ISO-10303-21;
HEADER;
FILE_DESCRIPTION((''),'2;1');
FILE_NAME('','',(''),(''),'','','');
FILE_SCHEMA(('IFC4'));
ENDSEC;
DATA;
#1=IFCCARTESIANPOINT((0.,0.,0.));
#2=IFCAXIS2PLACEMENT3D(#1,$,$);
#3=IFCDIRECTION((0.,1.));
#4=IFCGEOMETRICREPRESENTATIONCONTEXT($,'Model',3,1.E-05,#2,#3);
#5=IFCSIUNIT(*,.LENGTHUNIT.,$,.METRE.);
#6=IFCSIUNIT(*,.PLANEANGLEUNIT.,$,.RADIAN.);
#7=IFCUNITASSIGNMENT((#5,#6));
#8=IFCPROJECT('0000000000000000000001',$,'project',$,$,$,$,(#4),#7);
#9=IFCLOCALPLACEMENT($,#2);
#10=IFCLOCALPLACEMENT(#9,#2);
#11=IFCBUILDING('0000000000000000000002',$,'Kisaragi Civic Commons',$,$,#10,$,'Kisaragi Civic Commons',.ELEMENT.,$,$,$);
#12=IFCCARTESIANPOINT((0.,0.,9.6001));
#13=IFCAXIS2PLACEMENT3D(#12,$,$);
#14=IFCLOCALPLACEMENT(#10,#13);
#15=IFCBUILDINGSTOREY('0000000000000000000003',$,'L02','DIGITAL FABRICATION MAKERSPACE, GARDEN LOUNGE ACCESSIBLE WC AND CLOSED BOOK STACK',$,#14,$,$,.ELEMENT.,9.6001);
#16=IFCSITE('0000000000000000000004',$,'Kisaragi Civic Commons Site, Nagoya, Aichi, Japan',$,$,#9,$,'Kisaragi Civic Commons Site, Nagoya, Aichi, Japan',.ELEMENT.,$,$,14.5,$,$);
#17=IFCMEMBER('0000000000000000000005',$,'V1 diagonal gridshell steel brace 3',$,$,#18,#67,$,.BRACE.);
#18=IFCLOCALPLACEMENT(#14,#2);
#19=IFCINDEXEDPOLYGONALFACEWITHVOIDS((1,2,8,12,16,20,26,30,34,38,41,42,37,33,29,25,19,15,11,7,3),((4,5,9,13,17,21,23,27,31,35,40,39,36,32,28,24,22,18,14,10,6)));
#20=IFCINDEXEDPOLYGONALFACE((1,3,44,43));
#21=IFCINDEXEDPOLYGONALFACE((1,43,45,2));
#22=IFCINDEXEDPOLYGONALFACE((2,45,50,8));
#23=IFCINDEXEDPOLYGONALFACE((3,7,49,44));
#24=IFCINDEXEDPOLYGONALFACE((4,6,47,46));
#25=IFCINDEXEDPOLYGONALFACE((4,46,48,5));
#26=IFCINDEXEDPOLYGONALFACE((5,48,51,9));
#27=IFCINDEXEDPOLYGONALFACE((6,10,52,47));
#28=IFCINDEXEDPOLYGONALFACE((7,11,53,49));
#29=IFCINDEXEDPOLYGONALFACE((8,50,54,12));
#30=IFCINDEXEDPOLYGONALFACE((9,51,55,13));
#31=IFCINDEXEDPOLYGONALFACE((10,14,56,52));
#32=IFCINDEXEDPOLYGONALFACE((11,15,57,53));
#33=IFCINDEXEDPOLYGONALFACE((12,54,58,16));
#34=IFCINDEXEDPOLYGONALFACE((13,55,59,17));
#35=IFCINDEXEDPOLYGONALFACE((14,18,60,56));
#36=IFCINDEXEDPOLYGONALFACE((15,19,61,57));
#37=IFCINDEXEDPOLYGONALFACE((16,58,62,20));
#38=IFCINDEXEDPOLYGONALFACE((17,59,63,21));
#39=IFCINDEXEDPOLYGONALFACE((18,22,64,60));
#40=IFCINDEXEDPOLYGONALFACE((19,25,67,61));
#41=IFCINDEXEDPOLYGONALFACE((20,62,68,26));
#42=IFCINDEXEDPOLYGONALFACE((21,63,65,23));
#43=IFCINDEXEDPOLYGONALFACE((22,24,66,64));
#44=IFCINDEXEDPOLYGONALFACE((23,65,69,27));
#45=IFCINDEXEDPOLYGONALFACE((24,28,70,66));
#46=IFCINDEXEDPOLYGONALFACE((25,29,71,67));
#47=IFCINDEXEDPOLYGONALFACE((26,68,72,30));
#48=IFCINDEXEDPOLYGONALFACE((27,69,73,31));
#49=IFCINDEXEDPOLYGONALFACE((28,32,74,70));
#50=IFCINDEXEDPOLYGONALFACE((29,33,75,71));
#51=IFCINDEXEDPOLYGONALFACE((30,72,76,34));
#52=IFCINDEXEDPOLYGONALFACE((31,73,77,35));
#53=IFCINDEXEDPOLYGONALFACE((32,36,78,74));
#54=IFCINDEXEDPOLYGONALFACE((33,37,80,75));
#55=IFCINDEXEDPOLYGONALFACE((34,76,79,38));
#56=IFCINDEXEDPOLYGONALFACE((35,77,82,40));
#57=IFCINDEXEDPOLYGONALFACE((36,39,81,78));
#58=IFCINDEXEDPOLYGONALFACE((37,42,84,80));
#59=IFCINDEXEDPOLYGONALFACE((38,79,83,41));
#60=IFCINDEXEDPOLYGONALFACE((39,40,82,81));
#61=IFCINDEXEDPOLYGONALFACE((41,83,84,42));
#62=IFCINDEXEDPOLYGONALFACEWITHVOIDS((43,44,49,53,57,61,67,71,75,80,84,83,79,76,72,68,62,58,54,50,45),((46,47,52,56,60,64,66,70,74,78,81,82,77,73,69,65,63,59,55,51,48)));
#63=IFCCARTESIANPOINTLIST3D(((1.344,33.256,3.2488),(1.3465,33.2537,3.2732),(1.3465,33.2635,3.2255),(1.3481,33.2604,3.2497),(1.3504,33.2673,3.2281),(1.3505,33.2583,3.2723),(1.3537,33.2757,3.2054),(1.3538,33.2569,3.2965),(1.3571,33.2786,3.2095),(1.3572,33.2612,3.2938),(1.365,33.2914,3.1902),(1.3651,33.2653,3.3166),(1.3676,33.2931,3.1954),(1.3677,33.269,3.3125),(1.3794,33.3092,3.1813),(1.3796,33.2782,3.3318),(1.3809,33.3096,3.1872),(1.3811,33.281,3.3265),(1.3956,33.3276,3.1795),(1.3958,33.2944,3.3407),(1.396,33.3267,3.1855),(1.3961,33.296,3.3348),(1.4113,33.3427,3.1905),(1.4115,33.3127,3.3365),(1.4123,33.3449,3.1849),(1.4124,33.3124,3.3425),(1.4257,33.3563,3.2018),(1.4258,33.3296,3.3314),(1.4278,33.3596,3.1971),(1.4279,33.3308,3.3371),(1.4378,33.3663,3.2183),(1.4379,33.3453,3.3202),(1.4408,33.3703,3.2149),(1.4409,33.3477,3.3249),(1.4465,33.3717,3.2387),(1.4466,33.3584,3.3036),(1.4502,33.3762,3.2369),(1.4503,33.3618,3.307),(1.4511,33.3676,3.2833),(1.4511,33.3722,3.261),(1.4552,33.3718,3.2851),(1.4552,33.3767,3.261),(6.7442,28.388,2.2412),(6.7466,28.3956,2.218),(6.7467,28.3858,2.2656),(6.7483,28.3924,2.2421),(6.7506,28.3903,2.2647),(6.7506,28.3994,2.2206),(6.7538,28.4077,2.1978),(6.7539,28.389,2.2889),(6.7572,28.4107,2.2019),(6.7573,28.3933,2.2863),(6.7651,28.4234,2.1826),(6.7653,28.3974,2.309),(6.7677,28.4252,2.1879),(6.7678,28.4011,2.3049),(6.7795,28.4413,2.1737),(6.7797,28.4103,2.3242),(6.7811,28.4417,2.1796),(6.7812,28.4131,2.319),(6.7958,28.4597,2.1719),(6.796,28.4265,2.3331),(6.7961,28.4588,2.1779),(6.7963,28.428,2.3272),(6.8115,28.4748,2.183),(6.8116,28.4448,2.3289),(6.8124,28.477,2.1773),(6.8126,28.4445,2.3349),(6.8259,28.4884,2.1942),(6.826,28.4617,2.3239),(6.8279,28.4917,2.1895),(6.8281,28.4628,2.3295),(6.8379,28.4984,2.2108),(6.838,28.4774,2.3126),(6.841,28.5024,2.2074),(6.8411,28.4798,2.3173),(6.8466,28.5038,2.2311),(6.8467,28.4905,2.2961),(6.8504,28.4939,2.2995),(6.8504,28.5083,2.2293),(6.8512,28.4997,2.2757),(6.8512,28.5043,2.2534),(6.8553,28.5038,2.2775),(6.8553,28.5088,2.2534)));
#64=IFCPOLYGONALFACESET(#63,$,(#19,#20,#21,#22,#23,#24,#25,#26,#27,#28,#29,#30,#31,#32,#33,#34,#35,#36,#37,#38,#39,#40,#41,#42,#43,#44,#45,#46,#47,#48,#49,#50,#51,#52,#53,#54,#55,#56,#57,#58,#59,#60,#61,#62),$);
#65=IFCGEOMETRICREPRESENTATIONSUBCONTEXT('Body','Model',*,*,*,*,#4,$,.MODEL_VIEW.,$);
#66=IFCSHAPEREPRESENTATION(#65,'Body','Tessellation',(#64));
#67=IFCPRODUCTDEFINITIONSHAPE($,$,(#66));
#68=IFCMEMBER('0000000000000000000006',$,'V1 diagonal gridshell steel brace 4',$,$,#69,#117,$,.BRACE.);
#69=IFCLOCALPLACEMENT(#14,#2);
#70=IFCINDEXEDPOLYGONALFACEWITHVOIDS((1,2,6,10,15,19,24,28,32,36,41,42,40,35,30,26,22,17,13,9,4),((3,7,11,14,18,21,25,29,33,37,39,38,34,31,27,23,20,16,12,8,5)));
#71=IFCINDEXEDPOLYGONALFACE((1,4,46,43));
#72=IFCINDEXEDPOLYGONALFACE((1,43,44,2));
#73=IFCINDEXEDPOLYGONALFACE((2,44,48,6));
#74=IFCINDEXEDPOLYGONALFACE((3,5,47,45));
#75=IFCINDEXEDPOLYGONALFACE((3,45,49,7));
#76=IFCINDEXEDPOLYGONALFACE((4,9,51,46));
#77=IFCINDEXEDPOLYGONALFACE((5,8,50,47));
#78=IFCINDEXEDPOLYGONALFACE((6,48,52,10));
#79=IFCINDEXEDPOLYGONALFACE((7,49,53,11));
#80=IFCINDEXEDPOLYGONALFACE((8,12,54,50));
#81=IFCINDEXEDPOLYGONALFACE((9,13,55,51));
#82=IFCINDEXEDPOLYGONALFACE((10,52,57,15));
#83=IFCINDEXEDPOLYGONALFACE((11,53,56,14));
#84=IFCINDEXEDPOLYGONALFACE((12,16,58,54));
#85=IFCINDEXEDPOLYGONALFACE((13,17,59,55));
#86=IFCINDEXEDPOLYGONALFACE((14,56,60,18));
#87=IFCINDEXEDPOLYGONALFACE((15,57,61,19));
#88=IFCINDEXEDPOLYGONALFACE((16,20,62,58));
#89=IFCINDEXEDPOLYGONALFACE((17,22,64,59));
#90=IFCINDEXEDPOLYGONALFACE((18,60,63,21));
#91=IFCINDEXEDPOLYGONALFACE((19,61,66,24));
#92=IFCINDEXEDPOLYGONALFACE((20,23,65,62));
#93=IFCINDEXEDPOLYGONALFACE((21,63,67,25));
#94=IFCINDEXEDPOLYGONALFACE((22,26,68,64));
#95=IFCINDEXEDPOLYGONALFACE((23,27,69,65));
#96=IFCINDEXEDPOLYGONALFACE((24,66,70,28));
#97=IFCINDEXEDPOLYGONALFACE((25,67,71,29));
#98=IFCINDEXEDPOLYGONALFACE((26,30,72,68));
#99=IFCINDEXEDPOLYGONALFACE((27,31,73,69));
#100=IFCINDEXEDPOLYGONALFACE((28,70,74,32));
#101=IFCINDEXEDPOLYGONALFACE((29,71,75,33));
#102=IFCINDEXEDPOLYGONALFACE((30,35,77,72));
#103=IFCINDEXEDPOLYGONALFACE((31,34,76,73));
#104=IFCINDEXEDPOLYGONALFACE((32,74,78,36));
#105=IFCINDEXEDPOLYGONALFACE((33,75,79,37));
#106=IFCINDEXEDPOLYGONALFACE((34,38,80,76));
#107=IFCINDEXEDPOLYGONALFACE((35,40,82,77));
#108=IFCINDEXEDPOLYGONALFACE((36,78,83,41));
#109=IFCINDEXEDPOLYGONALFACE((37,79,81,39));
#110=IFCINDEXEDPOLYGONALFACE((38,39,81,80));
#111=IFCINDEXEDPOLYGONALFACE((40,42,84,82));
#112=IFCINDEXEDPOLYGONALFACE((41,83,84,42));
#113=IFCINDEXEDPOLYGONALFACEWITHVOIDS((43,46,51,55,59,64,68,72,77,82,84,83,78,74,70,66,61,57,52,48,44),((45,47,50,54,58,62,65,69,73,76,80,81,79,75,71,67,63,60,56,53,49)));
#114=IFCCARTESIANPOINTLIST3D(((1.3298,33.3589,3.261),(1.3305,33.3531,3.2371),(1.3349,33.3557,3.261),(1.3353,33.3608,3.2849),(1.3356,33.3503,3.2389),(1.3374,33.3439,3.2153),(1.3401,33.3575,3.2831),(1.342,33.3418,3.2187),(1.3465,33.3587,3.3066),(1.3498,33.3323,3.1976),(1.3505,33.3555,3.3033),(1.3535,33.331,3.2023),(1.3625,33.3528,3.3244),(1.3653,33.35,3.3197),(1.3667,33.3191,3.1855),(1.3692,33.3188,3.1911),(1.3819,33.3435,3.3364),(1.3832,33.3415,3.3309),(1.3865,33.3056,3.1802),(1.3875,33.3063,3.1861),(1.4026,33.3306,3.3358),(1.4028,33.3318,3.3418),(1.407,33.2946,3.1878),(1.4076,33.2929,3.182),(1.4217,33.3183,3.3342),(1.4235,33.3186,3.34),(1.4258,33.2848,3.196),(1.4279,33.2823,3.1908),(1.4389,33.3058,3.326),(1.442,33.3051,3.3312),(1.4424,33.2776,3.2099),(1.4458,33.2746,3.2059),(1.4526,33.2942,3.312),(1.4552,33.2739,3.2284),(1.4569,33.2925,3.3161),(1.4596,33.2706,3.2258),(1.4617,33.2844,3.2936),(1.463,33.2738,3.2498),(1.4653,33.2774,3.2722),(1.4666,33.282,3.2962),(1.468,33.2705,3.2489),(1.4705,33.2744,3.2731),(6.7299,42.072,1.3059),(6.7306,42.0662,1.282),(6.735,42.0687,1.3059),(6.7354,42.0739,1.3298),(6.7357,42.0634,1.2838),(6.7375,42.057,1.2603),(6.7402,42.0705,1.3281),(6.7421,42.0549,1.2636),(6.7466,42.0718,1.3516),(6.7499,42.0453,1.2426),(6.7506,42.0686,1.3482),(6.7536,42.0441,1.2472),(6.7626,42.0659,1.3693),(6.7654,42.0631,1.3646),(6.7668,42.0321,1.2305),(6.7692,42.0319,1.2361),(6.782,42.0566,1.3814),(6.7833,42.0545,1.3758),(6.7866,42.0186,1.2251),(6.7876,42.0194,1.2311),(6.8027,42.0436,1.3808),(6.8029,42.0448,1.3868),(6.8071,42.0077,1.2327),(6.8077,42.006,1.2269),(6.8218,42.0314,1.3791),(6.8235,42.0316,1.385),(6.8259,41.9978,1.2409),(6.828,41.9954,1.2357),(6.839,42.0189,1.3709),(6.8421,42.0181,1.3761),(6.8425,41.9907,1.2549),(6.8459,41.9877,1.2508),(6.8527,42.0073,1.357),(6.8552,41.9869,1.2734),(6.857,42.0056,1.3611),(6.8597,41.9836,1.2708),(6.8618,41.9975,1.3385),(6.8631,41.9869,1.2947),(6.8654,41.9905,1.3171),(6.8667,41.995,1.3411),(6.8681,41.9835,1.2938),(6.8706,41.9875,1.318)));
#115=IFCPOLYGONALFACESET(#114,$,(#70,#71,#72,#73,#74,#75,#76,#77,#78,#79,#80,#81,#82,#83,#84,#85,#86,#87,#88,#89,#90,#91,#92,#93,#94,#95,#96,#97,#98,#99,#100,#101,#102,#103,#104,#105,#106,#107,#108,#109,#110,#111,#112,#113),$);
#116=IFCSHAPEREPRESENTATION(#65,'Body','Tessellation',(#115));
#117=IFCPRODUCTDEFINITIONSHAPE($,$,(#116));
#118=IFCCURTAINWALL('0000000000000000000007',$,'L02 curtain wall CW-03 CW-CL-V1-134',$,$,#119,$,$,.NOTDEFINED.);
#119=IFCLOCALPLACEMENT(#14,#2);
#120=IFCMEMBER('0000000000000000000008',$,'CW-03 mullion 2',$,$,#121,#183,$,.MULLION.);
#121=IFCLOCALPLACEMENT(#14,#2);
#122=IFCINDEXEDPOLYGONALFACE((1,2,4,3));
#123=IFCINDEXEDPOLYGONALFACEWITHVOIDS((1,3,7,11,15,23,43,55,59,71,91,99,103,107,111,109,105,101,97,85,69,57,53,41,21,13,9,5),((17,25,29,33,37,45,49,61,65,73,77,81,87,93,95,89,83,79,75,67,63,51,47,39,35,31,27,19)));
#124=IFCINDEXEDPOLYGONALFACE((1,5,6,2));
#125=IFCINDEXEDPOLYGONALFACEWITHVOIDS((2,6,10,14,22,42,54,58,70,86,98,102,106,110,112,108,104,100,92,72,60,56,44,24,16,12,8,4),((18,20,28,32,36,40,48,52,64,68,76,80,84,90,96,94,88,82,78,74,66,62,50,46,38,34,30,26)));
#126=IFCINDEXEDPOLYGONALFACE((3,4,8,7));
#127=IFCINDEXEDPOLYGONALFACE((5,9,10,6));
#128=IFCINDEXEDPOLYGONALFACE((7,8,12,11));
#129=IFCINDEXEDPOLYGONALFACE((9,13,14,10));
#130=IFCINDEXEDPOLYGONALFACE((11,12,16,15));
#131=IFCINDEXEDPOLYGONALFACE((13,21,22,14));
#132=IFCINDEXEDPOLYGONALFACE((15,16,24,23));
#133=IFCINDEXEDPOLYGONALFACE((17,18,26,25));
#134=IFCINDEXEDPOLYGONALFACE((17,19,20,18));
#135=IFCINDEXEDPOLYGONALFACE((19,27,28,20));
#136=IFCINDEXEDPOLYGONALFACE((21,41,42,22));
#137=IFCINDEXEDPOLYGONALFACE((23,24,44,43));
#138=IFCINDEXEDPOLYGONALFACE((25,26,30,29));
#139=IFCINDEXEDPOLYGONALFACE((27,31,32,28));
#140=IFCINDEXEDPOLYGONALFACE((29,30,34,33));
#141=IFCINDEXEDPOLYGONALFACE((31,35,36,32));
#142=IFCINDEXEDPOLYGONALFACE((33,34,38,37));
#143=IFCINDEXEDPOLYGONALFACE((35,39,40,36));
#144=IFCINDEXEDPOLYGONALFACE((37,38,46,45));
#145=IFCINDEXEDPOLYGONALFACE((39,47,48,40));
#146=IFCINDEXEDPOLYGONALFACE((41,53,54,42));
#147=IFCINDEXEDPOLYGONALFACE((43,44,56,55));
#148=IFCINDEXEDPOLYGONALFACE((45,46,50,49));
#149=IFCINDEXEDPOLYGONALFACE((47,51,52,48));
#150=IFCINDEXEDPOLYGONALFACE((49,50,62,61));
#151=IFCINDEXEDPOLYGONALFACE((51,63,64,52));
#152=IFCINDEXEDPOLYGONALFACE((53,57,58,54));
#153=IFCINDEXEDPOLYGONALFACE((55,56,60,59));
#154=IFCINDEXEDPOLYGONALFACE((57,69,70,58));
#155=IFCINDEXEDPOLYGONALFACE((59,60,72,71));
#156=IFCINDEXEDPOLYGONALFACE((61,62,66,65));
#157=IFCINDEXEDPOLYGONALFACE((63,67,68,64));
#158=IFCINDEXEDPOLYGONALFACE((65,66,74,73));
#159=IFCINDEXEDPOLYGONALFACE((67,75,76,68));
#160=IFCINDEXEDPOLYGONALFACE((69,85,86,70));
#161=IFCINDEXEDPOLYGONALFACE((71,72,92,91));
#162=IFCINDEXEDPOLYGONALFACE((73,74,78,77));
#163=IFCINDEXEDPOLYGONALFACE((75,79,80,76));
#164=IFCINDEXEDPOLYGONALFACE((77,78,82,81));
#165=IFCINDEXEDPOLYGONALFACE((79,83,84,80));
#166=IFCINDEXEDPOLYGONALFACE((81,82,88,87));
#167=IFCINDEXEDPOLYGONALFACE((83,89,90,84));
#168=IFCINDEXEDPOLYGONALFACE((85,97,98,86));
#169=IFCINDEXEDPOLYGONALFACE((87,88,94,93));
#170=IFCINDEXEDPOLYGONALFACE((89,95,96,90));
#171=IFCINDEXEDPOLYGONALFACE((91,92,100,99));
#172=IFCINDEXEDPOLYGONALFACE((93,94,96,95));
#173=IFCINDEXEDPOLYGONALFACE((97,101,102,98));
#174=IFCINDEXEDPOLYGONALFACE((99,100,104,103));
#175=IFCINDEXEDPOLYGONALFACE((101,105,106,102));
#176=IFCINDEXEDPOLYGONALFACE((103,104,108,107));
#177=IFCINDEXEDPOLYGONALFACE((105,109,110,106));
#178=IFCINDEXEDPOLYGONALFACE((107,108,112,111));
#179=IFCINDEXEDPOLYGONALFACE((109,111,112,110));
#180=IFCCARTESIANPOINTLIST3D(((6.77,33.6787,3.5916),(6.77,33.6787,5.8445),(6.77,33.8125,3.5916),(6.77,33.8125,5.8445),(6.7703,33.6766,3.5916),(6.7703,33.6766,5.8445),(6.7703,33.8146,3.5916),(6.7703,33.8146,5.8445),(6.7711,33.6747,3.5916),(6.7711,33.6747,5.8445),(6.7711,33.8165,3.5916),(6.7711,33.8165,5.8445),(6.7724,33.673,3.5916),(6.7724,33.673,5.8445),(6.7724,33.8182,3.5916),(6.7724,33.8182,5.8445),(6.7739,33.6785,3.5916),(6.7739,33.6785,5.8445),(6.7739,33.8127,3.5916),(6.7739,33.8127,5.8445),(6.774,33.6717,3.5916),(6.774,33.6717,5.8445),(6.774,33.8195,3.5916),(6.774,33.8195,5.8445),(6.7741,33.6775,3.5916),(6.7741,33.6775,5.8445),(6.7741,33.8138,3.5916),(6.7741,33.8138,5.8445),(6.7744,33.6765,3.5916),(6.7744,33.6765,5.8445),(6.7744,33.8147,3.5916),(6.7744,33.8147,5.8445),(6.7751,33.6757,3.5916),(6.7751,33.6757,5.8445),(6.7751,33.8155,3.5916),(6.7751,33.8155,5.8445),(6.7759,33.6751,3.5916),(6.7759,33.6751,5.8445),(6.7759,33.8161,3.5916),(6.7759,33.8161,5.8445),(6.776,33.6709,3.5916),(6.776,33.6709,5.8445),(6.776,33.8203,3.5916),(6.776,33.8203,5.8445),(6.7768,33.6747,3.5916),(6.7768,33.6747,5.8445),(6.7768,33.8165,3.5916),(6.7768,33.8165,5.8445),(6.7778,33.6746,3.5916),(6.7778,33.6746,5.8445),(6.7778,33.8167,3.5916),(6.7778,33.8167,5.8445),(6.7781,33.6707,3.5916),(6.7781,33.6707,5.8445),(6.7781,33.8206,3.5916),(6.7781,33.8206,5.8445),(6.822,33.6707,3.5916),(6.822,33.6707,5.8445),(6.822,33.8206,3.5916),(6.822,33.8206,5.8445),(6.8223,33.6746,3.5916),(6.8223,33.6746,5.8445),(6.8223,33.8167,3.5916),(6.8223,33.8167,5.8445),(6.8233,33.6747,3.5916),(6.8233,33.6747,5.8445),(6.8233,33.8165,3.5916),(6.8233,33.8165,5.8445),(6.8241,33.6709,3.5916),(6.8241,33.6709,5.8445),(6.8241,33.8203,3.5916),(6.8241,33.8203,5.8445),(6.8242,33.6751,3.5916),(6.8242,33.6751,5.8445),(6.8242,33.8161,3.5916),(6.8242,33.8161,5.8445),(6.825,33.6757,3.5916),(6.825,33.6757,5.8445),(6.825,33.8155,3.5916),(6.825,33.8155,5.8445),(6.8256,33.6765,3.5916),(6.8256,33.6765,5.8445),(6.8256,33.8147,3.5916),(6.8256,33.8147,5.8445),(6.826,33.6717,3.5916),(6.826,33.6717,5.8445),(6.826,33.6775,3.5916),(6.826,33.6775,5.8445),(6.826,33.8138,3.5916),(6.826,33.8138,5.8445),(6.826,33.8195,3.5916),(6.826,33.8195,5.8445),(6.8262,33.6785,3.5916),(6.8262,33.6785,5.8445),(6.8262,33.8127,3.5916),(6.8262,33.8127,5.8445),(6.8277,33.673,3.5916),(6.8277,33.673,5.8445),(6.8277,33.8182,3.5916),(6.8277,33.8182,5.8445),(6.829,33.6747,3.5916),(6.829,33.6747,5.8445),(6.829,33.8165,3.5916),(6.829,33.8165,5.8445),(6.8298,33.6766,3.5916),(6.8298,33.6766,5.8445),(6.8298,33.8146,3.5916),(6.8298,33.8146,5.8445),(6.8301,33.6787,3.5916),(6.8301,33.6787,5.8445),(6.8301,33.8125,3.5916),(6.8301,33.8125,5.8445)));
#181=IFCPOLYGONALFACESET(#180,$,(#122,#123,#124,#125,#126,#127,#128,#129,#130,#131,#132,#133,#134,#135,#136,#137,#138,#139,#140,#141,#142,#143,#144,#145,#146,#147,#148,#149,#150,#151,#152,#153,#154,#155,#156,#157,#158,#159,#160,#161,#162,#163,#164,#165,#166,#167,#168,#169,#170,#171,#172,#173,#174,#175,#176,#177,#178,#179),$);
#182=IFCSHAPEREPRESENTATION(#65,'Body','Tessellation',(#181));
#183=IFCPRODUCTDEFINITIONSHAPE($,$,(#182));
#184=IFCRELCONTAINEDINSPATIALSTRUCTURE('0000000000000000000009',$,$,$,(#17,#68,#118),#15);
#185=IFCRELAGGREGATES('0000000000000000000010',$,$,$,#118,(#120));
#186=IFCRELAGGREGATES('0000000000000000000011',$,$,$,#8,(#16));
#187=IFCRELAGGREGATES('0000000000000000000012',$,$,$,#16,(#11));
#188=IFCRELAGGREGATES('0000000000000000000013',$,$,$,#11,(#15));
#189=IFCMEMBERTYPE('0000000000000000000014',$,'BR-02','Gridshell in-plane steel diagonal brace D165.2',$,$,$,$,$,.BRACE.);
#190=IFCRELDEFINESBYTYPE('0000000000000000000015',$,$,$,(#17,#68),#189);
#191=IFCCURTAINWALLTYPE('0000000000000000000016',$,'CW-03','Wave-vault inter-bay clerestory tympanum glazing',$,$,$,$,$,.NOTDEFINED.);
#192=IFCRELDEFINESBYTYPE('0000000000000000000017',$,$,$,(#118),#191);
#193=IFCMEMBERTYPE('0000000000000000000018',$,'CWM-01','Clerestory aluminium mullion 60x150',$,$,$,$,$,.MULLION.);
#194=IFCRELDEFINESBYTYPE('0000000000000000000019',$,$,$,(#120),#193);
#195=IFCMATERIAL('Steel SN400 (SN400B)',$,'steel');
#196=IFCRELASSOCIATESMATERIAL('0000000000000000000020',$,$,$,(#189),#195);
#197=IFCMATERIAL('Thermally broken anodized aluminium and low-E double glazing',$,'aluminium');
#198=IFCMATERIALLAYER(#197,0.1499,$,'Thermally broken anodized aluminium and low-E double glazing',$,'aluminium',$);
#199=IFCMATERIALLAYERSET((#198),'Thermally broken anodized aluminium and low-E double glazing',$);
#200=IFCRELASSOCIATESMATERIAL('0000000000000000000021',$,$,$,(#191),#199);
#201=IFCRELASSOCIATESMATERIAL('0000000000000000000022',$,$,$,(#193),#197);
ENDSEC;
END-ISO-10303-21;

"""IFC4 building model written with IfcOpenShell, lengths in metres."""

from ifc_helpers import new_model, si_unit, direction, frame, origin, origin_2d, place, context, subcontext, project, spatial, hollow_rectangle, hollow_circle, extrude, material, layer, layer_set, material_profile, profile_set, type_object, element, aggregate, save


model = new_model("IFC4")

# Units and contexts
model_context = context("Model", 3, precision=1e-05, world=origin(), true_north=direction((0.0, 1.0)))
body_context = subcontext(model_context, "Body", "Model", "MODEL_VIEW")
ifc_project = project(units=[si_unit("LENGTHUNIT", "METRE"), si_unit("PLANEANGLEUNIT", "RADIAN")], contexts=[model_context])

# Site, building, storey
site_placement = place(None, origin())
site = spatial("IfcSite", under=ifc_project, at=site_placement, Name="Kisaragi Civic Commons Site, Nagoya, Aichi, Japan", LongName="Kisaragi Civic Commons Site, Nagoya, Aichi, Japan", CompositionType="ELEMENT", RefElevation=14.5)
building_placement = place(site_placement, origin())
building = spatial("IfcBuilding", under=site, at=building_placement, Name="Kisaragi Civic Commons", LongName="Kisaragi Civic Commons", CompositionType="ELEMENT")
storey_placement = place(building_placement, frame((0.0, 0.0, 9.6001)))
storey = spatial("IfcBuildingStorey", under=building, at=storey_placement, Name="L02", Description="DIGITAL FABRICATION MAKERSPACE, GARDEN LOUNGE ACCESSIBLE WC AND CLOSED BOOK STACK", CompositionType="ELEMENT", Elevation=9.6001)

# Members
ifc_material_1 = material(Name="Steel SN400 (SN400B)", Category="steel")
ifc_material_profile_1 = material_profile(ifc_material_1, hollow_circle(Radius=0.0825, WallThickness=0.0061, at=origin_2d()), Name="CHS-165.2x6.0", Category="steel")
ifc_profile_set_1 = profile_set([ifc_material_profile_1], Name="Steel SN400 (SN400B)")
member_type_1 = type_object("IfcMemberType", Name="BR-02", Description="Gridshell in-plane steel diagonal brace D165.2", PredefinedType="BRACE", material=ifc_profile_set_1)
member_1_placement = place(storey_placement, frame((1.3999, 33.3154, 3.261), z_axis=(0.73573, -0.663218, -0.137274), x_axis=(0.669556, 0.742761, 0.0)))
element("IfcMember", 1, at=member_1_placement, inside=storey, type_object=member_type_1, Name="V1 diagonal gridshell steel brace 3", PredefinedType="BRACE", context=body_context, shape_type="SweptSolid", body=[
    extrude(hollow_circle(Radius=0.0825, WallThickness=0.0061, at=origin_2d()), origin(), (0.0, 0.0, 1.0), 7.3398),
])
member_2_placement = place(storey_placement, frame((1.3999, 33.3154, 3.261), z_axis=(0.517471, 0.83494, -0.187346), x_axis=(-0.84999, 0.526799, 0.0)))
element("IfcMember", 2, at=member_2_placement, inside=storey, type_object=member_type_1, Name="V1 diagonal gridshell steel brace 4", PredefinedType="BRACE", context=body_context, shape_type="SweptSolid", body=[
    extrude(hollow_circle(Radius=0.0825, WallThickness=0.0061, at=origin_2d()), origin(), (0.0, 0.0, 1.0), 10.4355),
])

# Curtain wall, member
ifc_material_2 = material(Name="Thermally broken anodized aluminium and low-E double glazing", Category="aluminium")
ifc_layer_1 = layer(ifc_material_2, 0.1499, Name="Thermally broken anodized aluminium and low-E double glazing", Category="aluminium")
ifc_layer_set_1 = layer_set([ifc_layer_1], Name="Thermally broken anodized aluminium and low-E double glazing")
curtain_wall_type = type_object("IfcCurtainWallType", Name="CW-03", Description="Wave-vault inter-bay clerestory tympanum glazing", PredefinedType="NOTDEFINED", material=ifc_layer_set_1)
curtain_wall_1_placement = place(storey_placement, origin())
curtain_wall_1 = element("IfcCurtainWall", 3, at=curtain_wall_1_placement, inside=storey, type_object=curtain_wall_type, Name="L02 curtain wall CW-03 CW-CL-V1-134", PredefinedType="NOTDEFINED")
ifc_material_profile_2 = material_profile(ifc_material_2, hollow_rectangle(XDim=0.0601, YDim=0.1499, WallThickness=0.0039, InnerFilletRadius=0.0039, OuterFilletRadius=0.0081, at=origin_2d()), Name="CWM-60x150x4", Category="aluminium")
ifc_profile_set_2 = profile_set([ifc_material_profile_2], Name="Thermally broken anodized aluminium and low-E double glazing")
member_type_2 = type_object("IfcMemberType", Name="CWM-01", Description="Clerestory aluminium mullion 60x150", PredefinedType="MULLION", material=ifc_profile_set_2)
member_3_placement = place(storey_placement, frame((6.8, 33.7456, 3.5916), z_axis=(0.0, 0.0, 1.0), x_axis=(-1.0, 0.0, 0.0)))
member_3 = element("IfcMember", 4, at=member_3_placement, type_object=member_type_2, Name="CW-03 mullion 2", PredefinedType="MULLION", context=body_context, shape_type="SweptSolid", body=[
    extrude(hollow_rectangle(XDim=0.0601, YDim=0.1499, WallThickness=0.0039, InnerFilletRadius=0.0039, OuterFilletRadius=0.0081, at=origin_2d()), origin(), (0.0, 0.0, 1.0), 2.2529),
])

aggregate(curtain_wall_1, [member_3])

save(model, "model.ifc")
